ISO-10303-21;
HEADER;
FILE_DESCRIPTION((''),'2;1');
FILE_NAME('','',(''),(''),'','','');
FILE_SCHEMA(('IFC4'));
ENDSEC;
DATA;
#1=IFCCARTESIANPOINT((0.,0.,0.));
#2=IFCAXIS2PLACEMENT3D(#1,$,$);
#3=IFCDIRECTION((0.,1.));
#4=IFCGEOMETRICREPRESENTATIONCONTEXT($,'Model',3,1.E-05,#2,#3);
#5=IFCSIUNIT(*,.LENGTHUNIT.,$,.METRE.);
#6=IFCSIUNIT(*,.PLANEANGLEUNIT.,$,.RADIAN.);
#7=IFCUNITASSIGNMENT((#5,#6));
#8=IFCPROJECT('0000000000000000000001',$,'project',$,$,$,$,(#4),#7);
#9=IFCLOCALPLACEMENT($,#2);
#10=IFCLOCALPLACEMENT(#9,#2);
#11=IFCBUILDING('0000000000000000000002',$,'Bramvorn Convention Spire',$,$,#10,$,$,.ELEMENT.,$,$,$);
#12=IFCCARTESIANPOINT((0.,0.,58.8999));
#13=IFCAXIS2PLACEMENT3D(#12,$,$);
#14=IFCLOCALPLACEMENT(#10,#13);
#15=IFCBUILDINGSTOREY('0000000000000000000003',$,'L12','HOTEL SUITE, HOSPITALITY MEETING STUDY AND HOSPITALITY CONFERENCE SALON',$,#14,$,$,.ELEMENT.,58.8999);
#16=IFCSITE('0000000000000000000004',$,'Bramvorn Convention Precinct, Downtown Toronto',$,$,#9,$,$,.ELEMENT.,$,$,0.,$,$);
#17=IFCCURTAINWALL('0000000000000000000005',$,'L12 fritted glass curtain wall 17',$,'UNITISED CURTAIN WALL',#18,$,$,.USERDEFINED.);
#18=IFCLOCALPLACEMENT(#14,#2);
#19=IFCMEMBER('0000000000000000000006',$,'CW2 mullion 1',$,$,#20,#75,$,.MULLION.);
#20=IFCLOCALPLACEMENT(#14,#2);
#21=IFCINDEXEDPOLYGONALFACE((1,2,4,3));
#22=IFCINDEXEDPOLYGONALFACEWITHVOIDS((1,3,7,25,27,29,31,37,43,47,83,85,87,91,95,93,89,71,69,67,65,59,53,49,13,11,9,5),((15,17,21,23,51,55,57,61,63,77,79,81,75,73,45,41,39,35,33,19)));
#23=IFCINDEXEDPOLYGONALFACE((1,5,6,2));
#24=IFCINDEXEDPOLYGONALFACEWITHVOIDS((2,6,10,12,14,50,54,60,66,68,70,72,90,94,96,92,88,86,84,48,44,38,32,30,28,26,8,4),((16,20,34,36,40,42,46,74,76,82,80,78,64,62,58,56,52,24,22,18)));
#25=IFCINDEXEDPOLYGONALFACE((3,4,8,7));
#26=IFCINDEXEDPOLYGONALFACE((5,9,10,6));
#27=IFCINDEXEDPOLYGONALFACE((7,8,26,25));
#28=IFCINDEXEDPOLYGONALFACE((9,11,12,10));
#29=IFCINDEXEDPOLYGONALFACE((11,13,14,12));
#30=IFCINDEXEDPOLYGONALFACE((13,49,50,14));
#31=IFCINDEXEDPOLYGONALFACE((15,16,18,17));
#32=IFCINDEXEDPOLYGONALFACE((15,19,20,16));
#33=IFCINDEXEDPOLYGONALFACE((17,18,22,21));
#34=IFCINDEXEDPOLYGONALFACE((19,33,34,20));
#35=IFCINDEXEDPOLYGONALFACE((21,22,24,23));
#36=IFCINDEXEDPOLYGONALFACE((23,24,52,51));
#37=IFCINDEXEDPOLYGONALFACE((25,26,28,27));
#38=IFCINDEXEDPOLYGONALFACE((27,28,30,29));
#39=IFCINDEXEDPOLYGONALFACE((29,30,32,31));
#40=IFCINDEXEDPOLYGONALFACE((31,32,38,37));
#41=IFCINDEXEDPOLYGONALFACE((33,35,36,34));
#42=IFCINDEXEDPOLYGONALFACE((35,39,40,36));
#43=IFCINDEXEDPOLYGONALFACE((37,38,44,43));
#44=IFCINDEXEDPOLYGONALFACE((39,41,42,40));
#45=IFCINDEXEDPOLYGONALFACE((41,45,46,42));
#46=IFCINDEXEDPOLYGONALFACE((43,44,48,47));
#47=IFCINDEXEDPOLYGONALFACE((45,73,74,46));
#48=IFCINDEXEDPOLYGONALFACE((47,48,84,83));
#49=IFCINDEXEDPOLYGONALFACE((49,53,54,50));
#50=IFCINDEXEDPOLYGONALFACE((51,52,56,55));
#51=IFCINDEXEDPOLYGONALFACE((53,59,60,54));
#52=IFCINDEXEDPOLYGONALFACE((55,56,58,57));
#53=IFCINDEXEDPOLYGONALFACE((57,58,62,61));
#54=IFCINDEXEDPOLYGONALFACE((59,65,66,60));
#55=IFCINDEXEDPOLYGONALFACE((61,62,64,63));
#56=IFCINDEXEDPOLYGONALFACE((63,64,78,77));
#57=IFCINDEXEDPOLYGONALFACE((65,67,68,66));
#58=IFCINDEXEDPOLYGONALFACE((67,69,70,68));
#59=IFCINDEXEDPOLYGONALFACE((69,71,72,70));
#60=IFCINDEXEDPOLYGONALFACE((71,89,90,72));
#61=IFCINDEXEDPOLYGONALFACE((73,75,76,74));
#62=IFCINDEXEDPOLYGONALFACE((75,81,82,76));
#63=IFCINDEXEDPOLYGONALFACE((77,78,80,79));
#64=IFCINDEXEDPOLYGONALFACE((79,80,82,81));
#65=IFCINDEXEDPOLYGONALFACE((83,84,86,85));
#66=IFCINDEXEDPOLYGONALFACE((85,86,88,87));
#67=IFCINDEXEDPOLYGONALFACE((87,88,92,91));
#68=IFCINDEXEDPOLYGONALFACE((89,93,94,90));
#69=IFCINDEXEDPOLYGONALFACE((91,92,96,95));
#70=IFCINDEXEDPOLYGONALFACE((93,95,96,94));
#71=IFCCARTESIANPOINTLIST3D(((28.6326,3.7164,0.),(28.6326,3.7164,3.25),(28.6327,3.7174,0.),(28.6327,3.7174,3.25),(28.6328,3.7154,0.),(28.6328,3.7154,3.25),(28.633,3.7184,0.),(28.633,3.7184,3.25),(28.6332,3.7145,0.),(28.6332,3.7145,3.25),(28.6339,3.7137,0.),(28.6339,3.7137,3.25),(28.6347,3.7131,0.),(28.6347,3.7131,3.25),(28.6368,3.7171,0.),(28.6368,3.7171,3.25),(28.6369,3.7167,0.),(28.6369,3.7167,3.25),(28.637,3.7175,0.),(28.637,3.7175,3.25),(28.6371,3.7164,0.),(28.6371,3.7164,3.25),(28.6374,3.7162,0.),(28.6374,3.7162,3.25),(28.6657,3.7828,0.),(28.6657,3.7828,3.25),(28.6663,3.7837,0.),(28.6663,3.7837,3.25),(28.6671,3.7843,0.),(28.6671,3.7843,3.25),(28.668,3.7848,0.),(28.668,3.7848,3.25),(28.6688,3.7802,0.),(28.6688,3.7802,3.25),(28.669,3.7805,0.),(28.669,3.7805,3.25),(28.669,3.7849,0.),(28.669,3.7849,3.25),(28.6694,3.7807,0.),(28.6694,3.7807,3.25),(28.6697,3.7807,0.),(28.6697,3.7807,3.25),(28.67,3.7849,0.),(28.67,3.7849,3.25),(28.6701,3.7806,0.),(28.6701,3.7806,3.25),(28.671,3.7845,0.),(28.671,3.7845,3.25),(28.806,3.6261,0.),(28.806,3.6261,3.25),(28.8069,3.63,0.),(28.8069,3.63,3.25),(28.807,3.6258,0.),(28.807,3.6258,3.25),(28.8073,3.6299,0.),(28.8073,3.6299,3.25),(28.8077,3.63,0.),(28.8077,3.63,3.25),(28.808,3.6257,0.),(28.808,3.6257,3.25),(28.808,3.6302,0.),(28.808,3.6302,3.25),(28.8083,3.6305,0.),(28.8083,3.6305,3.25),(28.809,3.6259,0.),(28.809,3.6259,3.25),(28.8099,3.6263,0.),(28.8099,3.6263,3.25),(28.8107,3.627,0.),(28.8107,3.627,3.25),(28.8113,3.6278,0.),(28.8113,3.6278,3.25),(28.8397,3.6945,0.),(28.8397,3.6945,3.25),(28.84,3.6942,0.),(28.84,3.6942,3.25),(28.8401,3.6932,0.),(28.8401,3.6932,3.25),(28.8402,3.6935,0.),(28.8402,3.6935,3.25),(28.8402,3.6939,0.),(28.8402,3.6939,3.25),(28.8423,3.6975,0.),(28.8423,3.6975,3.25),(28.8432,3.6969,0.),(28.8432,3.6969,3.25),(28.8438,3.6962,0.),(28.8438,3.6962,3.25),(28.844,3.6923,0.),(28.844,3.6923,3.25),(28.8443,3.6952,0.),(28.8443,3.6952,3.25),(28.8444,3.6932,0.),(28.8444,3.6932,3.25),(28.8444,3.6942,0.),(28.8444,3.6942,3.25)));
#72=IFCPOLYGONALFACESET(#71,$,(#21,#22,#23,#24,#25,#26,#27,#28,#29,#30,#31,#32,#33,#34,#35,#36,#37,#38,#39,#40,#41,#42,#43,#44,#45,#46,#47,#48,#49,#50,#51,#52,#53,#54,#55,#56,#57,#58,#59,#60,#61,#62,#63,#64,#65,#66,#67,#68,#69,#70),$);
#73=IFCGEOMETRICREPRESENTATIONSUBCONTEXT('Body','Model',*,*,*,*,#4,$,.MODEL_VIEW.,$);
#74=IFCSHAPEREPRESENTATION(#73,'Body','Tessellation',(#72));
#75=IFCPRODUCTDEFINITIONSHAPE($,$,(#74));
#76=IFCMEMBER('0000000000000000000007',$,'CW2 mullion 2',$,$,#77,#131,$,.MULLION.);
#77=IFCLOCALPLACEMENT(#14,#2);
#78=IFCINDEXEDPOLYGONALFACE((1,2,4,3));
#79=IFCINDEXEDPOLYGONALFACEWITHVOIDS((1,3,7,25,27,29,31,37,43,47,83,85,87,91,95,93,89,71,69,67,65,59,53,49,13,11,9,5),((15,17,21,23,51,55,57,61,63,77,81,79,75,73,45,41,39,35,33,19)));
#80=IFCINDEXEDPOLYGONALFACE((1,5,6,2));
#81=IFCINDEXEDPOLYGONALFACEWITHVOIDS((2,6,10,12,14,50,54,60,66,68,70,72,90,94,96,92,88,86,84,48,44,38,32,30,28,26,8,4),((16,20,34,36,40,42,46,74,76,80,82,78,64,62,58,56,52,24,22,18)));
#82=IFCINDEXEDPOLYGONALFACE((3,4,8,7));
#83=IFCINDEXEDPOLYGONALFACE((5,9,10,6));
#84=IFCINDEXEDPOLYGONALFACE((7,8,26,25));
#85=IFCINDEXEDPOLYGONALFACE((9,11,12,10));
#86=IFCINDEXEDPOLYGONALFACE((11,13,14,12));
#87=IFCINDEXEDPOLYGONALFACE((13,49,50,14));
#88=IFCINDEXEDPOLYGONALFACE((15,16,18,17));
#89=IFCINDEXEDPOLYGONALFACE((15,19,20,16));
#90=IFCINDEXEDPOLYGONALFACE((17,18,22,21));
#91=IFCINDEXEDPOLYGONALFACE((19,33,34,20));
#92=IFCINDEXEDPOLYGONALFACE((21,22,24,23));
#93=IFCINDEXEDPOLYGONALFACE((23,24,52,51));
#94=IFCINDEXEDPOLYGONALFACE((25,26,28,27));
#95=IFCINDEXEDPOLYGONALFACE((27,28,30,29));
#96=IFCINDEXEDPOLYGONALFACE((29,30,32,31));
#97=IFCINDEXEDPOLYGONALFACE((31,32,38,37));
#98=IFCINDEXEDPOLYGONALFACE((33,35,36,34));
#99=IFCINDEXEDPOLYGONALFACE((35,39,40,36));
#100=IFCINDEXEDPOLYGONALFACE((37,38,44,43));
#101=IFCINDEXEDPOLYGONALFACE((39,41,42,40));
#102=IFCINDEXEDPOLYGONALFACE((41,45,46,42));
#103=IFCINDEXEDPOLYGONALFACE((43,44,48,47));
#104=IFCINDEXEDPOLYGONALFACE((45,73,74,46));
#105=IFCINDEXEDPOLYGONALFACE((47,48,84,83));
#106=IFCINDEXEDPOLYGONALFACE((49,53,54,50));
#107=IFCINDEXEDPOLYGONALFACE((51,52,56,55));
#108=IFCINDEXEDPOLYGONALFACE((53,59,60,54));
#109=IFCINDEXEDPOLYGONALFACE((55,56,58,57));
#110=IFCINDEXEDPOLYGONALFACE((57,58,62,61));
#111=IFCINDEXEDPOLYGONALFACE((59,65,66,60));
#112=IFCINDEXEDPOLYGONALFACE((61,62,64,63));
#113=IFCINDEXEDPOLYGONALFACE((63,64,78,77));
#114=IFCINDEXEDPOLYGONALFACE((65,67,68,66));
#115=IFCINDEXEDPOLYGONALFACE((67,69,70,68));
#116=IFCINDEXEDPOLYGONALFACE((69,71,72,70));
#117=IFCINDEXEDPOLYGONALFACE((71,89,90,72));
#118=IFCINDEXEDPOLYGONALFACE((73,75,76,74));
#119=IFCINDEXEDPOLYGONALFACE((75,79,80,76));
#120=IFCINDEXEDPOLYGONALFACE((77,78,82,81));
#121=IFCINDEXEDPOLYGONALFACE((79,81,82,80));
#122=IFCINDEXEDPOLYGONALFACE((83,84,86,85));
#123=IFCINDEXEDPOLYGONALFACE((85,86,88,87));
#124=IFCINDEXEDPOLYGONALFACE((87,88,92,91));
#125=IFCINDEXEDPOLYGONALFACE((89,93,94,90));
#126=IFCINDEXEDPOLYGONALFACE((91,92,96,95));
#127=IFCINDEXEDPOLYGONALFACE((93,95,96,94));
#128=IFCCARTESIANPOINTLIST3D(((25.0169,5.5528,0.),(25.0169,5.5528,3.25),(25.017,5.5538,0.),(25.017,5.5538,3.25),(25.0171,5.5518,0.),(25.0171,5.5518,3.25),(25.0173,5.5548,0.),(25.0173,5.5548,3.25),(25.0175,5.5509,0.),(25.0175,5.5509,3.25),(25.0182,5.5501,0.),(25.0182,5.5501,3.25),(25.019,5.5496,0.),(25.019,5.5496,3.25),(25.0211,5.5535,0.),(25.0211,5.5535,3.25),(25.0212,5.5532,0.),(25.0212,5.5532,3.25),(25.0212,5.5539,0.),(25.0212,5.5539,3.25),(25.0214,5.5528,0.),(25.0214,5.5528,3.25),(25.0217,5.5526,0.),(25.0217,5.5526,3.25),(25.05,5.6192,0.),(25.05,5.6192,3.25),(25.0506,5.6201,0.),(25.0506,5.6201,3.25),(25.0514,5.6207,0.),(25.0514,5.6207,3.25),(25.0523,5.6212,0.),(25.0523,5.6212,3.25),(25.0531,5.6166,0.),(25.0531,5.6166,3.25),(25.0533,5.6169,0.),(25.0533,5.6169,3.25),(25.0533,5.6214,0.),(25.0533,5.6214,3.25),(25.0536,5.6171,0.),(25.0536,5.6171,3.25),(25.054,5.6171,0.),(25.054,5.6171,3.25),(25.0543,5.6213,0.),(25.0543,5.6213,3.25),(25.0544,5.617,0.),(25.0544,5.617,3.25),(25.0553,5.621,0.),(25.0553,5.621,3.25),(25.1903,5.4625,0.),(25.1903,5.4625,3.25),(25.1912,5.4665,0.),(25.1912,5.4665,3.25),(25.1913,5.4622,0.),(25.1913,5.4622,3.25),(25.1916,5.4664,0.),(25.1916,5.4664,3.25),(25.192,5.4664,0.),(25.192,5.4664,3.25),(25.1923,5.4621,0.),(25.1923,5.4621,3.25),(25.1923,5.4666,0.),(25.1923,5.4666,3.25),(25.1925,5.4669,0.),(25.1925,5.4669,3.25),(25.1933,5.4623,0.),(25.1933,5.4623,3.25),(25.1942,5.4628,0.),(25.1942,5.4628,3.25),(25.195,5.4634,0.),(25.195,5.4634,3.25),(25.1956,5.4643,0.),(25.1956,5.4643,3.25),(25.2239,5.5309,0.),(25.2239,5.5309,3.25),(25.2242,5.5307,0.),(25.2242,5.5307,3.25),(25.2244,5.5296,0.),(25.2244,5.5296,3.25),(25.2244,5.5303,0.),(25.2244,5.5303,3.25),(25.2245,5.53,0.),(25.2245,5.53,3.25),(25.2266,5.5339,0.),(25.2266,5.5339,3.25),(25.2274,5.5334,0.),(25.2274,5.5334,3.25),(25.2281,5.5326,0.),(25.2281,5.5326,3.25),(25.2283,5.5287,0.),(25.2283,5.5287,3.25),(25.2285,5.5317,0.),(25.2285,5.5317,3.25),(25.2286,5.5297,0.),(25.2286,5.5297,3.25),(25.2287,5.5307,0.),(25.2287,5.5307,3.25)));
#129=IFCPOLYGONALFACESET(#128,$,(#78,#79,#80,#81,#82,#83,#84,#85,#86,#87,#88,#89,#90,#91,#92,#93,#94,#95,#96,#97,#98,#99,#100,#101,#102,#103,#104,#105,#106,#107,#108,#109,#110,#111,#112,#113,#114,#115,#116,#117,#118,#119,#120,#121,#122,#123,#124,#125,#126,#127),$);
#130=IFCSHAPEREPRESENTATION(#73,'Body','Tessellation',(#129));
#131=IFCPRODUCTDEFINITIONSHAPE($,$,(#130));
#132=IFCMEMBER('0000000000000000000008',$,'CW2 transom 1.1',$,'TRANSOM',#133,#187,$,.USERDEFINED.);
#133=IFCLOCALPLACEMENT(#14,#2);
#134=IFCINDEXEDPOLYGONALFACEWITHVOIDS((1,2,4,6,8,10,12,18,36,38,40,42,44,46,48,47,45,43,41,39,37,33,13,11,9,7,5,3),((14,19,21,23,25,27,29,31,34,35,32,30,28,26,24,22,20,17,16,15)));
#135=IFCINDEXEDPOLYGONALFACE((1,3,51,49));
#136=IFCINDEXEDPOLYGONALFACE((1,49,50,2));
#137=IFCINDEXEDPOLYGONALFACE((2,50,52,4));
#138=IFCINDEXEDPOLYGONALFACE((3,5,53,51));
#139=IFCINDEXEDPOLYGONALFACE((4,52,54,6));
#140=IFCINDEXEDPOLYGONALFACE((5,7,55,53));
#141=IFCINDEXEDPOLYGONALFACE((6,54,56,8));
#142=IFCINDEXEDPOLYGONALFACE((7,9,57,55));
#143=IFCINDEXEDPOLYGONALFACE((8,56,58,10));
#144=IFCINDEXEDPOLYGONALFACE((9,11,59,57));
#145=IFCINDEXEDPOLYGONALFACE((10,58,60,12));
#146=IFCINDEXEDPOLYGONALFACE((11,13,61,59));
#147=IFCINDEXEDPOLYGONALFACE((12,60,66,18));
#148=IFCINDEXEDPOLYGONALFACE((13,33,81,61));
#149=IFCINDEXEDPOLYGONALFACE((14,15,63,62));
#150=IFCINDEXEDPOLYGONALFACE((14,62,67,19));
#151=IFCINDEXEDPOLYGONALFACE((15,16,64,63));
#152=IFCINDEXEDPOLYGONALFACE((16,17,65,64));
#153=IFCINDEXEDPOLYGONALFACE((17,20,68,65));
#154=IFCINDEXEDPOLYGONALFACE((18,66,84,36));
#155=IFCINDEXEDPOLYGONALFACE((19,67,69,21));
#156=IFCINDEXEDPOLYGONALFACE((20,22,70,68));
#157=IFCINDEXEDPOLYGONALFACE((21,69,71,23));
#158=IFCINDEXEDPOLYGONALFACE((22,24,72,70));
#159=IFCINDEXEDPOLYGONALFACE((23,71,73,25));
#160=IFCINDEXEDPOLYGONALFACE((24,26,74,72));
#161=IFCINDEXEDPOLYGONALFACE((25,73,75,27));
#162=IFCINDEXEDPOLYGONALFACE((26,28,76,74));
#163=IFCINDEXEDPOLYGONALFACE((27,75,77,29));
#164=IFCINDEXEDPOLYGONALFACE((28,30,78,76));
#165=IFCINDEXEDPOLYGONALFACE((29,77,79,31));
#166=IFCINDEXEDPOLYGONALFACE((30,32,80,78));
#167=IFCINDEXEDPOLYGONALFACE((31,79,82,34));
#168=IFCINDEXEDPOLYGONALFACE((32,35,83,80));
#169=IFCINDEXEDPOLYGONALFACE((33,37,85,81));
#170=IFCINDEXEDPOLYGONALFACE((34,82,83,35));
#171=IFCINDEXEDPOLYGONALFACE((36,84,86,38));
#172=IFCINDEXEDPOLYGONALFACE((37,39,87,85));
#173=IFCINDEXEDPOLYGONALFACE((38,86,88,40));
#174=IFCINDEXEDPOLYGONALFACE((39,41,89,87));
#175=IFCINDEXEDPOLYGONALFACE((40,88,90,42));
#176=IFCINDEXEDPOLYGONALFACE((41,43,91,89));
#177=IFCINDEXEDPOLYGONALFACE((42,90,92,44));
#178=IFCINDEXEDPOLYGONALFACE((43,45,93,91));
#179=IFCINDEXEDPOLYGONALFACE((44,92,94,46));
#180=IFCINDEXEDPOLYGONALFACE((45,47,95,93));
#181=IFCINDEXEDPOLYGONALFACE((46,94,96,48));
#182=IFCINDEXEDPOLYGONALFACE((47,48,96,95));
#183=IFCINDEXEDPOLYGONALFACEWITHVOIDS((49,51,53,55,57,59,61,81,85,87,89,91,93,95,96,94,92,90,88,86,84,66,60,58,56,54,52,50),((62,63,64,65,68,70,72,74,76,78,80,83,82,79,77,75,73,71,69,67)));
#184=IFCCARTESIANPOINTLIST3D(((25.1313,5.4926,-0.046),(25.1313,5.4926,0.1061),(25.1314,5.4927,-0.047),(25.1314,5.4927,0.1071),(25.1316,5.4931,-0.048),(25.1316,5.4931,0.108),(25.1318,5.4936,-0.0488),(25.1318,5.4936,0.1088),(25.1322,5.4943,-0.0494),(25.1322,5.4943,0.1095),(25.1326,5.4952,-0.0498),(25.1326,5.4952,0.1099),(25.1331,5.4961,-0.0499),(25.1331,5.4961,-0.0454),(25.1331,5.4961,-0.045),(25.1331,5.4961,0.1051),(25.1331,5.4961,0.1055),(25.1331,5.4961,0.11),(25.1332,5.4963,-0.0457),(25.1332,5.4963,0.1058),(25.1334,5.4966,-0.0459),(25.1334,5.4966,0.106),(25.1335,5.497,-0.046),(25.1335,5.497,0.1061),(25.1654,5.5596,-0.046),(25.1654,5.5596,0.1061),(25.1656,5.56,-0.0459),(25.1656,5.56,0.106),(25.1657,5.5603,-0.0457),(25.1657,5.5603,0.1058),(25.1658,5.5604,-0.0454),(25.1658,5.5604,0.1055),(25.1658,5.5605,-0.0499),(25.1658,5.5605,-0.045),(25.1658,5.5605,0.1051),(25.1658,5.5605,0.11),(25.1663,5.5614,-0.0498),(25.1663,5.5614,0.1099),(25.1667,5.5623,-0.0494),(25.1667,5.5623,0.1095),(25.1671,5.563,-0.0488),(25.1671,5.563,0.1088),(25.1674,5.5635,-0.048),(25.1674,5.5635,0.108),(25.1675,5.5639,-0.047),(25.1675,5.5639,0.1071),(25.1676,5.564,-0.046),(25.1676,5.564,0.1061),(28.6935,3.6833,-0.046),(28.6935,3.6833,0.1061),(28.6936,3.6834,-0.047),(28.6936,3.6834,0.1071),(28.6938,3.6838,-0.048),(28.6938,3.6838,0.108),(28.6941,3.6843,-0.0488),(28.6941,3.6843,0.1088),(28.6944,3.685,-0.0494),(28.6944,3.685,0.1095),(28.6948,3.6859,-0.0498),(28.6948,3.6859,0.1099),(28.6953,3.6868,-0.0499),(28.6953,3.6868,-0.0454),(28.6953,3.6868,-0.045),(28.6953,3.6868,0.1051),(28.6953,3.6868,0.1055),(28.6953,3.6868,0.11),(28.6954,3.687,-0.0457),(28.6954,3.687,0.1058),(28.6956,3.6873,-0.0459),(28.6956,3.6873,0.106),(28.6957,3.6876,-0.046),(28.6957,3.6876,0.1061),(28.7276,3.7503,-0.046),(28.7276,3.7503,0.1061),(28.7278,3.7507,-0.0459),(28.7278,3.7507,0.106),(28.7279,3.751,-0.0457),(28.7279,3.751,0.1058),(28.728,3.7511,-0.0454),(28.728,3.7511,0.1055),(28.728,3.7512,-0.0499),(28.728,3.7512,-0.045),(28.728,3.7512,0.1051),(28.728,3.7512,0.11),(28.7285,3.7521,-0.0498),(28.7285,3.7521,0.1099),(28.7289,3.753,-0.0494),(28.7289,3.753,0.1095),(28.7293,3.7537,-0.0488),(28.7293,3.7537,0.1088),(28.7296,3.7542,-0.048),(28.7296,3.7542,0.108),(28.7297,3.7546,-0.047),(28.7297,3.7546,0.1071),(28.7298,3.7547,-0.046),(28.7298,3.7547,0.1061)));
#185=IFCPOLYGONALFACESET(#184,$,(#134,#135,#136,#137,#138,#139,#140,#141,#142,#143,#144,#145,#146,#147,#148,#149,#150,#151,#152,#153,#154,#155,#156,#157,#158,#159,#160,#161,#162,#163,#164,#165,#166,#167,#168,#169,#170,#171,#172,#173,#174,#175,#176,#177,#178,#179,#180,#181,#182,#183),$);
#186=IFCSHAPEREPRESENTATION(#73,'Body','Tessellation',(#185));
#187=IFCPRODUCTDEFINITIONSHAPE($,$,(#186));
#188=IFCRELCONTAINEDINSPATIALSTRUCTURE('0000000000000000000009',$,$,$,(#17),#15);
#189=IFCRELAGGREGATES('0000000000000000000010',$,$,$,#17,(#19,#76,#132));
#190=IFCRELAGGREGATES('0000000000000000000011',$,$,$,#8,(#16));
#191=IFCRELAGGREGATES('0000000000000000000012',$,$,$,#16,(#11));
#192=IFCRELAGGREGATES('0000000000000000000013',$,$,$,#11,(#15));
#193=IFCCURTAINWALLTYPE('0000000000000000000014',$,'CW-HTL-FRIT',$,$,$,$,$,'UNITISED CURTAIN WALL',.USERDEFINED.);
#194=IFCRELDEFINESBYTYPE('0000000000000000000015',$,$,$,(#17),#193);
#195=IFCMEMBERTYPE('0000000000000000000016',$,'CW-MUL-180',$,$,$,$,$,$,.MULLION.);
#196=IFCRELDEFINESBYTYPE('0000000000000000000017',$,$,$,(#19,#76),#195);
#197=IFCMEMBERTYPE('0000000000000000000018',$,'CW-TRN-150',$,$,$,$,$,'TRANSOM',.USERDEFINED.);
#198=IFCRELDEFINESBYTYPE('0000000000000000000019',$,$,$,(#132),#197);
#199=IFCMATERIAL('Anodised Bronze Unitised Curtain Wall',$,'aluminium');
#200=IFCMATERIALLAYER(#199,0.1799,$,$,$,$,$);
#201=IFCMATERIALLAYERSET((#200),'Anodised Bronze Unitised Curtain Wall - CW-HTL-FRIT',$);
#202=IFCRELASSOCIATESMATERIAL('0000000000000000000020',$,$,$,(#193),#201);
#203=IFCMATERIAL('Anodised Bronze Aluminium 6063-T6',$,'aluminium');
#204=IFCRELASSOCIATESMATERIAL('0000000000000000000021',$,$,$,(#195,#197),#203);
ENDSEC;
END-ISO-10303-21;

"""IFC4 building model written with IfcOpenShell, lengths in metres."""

from ifc_helpers import new_model, si_unit, direction, frame, origin, origin_2d, place, context, subcontext, project, spatial, hollow_rectangle, extrude, material, layer, layer_set, material_profile, profile_set, type_object, element, aggregate, save


model = new_model("IFC4")

# Units and contexts
model_context = context("Model", 3, precision=1e-05, world=origin(), true_north=direction((0.0, 1.0)))
body_context = subcontext(model_context, "Body", "Model", "MODEL_VIEW")
ifc_project = project(units=[si_unit("LENGTHUNIT", "METRE"), si_unit("PLANEANGLEUNIT", "RADIAN")], contexts=[model_context])

# Site, building, storey
site_placement = place(None, origin())
site = spatial("IfcSite", under=ifc_project, at=site_placement, Name="Bramvorn Convention Precinct, Downtown Toronto", CompositionType="ELEMENT", RefElevation=0.0)
building_placement = place(site_placement, origin())
building = spatial("IfcBuilding", under=site, at=building_placement, Name="Bramvorn Convention Spire", CompositionType="ELEMENT")
storey_placement = place(building_placement, frame((0.0, 0.0, 58.8999)))
storey = spatial("IfcBuildingStorey", under=building, at=storey_placement, Name="L12", Description="HOTEL SUITE, HOSPITALITY MEETING STUDY AND HOSPITALITY CONFERENCE SALON", CompositionType="ELEMENT", Elevation=58.8999)

# Curtain wall, members
ifc_material_1 = material(Name="Anodised Bronze Unitised Curtain Wall", Category="aluminium")
ifc_layer_1 = layer(ifc_material_1, 0.1799)
ifc_layer_set_1 = layer_set([ifc_layer_1], Name="Anodised Bronze Unitised Curtain Wall - CW-HTL-FRIT")
curtain_wall_type = type_object("IfcCurtainWallType", Name="CW-HTL-FRIT", ElementType="UNITISED CURTAIN WALL", PredefinedType="USERDEFINED", material=ifc_layer_set_1)
curtain_wall_placement = place(storey_placement, origin())
curtain_wall = element("IfcCurtainWall", 1, at=curtain_wall_placement, inside=storey, type_object=curtain_wall_type, Name="L12 fritted glass curtain wall 17", ObjectType="UNITISED CURTAIN WALL", PredefinedType="USERDEFINED")
ifc_material_2 = material(Name="Anodised Bronze Aluminium 6063-T6", Category="aluminium")
ifc_material_profile_1 = material_profile(ifc_material_2, hollow_rectangle(XDim=0.0801, YDim=0.2, WallThickness=0.0039, InnerFilletRadius=0.001, OuterFilletRadius=0.0039, at=origin_2d()))
ifc_profile_set_1 = profile_set([ifc_material_profile_1], Name="Anodised Bronze Aluminium 6063-T6 - CWM80X200")
member_type_1 = type_object("IfcMemberType", Name="CW-MUL-180", PredefinedType="MULLION", material=ifc_profile_set_1)
member_1_placement = place(storey_placement, frame((28.7385, 3.7053, 0.0), z_axis=(0.0, 0.0, 1.0), x_axis=(-0.452835, -0.891595, 0.0)))
member_1 = element("IfcMember", 2, at=member_1_placement, type_object=member_type_1, Name="CW2 mullion 1", PredefinedType="MULLION", context=body_context, shape_type="SweptSolid", body=[
    extrude(hollow_rectangle(XDim=0.0801, YDim=0.2, WallThickness=0.0039, InnerFilletRadius=0.001, OuterFilletRadius=0.0039, at=origin_2d()), origin(), (0.0, 0.0, 1.0), 3.25),
])
member_2_placement = place(storey_placement, frame((25.1228, 5.5417, 0.0), z_axis=(0.0, 0.0, 1.0), x_axis=(-0.452835, -0.891595, 0.0)))
member_2 = element("IfcMember", 3, at=member_2_placement, type_object=member_type_1, Name="CW2 mullion 2", PredefinedType="MULLION", context=body_context, shape_type="SweptSolid", body=[
    extrude(hollow_rectangle(XDim=0.0801, YDim=0.2, WallThickness=0.0039, InnerFilletRadius=0.001, OuterFilletRadius=0.0039, at=origin_2d()), origin(), (0.0, 0.0, 1.0), 3.25),
])
ifc_material_profile_2 = material_profile(ifc_material_2, hollow_rectangle(XDim=0.0801, YDim=0.1599, WallThickness=0.0039, InnerFilletRadius=0.001, OuterFilletRadius=0.0039, at=origin_2d()))
ifc_profile_set_2 = profile_set([ifc_material_profile_2], Name="Anodised Bronze Aluminium 6063-T6 - CWT80X160")
member_type_2 = type_object("IfcMemberType", Name="CW-TRN-150", ElementType="TRANSOM", PredefinedType="USERDEFINED", material=ifc_profile_set_2)
member_3_placement = place(storey_placement, frame((28.7117, 3.719, 0.03), z_axis=(-0.891586, 0.452851, 0.0), x_axis=(-0.452851, -0.891586, 0.0)))
member_3 = element("IfcMember", 4, at=member_3_placement, type_object=member_type_2, Name="CW2 transom 1.1", ObjectType="TRANSOM", PredefinedType="USERDEFINED", context=body_context, shape_type="SweptSolid", body=[
    extrude(hollow_rectangle(XDim=0.0801, YDim=0.1599, WallThickness=0.0039, InnerFilletRadius=0.001, OuterFilletRadius=0.0039, at=origin_2d()), origin(), (0.0, 0.0, 1.0), 3.9954),
])
aggregate(curtain_wall, [member_1, member_2, member_3])

save(model, "model.ifc")
